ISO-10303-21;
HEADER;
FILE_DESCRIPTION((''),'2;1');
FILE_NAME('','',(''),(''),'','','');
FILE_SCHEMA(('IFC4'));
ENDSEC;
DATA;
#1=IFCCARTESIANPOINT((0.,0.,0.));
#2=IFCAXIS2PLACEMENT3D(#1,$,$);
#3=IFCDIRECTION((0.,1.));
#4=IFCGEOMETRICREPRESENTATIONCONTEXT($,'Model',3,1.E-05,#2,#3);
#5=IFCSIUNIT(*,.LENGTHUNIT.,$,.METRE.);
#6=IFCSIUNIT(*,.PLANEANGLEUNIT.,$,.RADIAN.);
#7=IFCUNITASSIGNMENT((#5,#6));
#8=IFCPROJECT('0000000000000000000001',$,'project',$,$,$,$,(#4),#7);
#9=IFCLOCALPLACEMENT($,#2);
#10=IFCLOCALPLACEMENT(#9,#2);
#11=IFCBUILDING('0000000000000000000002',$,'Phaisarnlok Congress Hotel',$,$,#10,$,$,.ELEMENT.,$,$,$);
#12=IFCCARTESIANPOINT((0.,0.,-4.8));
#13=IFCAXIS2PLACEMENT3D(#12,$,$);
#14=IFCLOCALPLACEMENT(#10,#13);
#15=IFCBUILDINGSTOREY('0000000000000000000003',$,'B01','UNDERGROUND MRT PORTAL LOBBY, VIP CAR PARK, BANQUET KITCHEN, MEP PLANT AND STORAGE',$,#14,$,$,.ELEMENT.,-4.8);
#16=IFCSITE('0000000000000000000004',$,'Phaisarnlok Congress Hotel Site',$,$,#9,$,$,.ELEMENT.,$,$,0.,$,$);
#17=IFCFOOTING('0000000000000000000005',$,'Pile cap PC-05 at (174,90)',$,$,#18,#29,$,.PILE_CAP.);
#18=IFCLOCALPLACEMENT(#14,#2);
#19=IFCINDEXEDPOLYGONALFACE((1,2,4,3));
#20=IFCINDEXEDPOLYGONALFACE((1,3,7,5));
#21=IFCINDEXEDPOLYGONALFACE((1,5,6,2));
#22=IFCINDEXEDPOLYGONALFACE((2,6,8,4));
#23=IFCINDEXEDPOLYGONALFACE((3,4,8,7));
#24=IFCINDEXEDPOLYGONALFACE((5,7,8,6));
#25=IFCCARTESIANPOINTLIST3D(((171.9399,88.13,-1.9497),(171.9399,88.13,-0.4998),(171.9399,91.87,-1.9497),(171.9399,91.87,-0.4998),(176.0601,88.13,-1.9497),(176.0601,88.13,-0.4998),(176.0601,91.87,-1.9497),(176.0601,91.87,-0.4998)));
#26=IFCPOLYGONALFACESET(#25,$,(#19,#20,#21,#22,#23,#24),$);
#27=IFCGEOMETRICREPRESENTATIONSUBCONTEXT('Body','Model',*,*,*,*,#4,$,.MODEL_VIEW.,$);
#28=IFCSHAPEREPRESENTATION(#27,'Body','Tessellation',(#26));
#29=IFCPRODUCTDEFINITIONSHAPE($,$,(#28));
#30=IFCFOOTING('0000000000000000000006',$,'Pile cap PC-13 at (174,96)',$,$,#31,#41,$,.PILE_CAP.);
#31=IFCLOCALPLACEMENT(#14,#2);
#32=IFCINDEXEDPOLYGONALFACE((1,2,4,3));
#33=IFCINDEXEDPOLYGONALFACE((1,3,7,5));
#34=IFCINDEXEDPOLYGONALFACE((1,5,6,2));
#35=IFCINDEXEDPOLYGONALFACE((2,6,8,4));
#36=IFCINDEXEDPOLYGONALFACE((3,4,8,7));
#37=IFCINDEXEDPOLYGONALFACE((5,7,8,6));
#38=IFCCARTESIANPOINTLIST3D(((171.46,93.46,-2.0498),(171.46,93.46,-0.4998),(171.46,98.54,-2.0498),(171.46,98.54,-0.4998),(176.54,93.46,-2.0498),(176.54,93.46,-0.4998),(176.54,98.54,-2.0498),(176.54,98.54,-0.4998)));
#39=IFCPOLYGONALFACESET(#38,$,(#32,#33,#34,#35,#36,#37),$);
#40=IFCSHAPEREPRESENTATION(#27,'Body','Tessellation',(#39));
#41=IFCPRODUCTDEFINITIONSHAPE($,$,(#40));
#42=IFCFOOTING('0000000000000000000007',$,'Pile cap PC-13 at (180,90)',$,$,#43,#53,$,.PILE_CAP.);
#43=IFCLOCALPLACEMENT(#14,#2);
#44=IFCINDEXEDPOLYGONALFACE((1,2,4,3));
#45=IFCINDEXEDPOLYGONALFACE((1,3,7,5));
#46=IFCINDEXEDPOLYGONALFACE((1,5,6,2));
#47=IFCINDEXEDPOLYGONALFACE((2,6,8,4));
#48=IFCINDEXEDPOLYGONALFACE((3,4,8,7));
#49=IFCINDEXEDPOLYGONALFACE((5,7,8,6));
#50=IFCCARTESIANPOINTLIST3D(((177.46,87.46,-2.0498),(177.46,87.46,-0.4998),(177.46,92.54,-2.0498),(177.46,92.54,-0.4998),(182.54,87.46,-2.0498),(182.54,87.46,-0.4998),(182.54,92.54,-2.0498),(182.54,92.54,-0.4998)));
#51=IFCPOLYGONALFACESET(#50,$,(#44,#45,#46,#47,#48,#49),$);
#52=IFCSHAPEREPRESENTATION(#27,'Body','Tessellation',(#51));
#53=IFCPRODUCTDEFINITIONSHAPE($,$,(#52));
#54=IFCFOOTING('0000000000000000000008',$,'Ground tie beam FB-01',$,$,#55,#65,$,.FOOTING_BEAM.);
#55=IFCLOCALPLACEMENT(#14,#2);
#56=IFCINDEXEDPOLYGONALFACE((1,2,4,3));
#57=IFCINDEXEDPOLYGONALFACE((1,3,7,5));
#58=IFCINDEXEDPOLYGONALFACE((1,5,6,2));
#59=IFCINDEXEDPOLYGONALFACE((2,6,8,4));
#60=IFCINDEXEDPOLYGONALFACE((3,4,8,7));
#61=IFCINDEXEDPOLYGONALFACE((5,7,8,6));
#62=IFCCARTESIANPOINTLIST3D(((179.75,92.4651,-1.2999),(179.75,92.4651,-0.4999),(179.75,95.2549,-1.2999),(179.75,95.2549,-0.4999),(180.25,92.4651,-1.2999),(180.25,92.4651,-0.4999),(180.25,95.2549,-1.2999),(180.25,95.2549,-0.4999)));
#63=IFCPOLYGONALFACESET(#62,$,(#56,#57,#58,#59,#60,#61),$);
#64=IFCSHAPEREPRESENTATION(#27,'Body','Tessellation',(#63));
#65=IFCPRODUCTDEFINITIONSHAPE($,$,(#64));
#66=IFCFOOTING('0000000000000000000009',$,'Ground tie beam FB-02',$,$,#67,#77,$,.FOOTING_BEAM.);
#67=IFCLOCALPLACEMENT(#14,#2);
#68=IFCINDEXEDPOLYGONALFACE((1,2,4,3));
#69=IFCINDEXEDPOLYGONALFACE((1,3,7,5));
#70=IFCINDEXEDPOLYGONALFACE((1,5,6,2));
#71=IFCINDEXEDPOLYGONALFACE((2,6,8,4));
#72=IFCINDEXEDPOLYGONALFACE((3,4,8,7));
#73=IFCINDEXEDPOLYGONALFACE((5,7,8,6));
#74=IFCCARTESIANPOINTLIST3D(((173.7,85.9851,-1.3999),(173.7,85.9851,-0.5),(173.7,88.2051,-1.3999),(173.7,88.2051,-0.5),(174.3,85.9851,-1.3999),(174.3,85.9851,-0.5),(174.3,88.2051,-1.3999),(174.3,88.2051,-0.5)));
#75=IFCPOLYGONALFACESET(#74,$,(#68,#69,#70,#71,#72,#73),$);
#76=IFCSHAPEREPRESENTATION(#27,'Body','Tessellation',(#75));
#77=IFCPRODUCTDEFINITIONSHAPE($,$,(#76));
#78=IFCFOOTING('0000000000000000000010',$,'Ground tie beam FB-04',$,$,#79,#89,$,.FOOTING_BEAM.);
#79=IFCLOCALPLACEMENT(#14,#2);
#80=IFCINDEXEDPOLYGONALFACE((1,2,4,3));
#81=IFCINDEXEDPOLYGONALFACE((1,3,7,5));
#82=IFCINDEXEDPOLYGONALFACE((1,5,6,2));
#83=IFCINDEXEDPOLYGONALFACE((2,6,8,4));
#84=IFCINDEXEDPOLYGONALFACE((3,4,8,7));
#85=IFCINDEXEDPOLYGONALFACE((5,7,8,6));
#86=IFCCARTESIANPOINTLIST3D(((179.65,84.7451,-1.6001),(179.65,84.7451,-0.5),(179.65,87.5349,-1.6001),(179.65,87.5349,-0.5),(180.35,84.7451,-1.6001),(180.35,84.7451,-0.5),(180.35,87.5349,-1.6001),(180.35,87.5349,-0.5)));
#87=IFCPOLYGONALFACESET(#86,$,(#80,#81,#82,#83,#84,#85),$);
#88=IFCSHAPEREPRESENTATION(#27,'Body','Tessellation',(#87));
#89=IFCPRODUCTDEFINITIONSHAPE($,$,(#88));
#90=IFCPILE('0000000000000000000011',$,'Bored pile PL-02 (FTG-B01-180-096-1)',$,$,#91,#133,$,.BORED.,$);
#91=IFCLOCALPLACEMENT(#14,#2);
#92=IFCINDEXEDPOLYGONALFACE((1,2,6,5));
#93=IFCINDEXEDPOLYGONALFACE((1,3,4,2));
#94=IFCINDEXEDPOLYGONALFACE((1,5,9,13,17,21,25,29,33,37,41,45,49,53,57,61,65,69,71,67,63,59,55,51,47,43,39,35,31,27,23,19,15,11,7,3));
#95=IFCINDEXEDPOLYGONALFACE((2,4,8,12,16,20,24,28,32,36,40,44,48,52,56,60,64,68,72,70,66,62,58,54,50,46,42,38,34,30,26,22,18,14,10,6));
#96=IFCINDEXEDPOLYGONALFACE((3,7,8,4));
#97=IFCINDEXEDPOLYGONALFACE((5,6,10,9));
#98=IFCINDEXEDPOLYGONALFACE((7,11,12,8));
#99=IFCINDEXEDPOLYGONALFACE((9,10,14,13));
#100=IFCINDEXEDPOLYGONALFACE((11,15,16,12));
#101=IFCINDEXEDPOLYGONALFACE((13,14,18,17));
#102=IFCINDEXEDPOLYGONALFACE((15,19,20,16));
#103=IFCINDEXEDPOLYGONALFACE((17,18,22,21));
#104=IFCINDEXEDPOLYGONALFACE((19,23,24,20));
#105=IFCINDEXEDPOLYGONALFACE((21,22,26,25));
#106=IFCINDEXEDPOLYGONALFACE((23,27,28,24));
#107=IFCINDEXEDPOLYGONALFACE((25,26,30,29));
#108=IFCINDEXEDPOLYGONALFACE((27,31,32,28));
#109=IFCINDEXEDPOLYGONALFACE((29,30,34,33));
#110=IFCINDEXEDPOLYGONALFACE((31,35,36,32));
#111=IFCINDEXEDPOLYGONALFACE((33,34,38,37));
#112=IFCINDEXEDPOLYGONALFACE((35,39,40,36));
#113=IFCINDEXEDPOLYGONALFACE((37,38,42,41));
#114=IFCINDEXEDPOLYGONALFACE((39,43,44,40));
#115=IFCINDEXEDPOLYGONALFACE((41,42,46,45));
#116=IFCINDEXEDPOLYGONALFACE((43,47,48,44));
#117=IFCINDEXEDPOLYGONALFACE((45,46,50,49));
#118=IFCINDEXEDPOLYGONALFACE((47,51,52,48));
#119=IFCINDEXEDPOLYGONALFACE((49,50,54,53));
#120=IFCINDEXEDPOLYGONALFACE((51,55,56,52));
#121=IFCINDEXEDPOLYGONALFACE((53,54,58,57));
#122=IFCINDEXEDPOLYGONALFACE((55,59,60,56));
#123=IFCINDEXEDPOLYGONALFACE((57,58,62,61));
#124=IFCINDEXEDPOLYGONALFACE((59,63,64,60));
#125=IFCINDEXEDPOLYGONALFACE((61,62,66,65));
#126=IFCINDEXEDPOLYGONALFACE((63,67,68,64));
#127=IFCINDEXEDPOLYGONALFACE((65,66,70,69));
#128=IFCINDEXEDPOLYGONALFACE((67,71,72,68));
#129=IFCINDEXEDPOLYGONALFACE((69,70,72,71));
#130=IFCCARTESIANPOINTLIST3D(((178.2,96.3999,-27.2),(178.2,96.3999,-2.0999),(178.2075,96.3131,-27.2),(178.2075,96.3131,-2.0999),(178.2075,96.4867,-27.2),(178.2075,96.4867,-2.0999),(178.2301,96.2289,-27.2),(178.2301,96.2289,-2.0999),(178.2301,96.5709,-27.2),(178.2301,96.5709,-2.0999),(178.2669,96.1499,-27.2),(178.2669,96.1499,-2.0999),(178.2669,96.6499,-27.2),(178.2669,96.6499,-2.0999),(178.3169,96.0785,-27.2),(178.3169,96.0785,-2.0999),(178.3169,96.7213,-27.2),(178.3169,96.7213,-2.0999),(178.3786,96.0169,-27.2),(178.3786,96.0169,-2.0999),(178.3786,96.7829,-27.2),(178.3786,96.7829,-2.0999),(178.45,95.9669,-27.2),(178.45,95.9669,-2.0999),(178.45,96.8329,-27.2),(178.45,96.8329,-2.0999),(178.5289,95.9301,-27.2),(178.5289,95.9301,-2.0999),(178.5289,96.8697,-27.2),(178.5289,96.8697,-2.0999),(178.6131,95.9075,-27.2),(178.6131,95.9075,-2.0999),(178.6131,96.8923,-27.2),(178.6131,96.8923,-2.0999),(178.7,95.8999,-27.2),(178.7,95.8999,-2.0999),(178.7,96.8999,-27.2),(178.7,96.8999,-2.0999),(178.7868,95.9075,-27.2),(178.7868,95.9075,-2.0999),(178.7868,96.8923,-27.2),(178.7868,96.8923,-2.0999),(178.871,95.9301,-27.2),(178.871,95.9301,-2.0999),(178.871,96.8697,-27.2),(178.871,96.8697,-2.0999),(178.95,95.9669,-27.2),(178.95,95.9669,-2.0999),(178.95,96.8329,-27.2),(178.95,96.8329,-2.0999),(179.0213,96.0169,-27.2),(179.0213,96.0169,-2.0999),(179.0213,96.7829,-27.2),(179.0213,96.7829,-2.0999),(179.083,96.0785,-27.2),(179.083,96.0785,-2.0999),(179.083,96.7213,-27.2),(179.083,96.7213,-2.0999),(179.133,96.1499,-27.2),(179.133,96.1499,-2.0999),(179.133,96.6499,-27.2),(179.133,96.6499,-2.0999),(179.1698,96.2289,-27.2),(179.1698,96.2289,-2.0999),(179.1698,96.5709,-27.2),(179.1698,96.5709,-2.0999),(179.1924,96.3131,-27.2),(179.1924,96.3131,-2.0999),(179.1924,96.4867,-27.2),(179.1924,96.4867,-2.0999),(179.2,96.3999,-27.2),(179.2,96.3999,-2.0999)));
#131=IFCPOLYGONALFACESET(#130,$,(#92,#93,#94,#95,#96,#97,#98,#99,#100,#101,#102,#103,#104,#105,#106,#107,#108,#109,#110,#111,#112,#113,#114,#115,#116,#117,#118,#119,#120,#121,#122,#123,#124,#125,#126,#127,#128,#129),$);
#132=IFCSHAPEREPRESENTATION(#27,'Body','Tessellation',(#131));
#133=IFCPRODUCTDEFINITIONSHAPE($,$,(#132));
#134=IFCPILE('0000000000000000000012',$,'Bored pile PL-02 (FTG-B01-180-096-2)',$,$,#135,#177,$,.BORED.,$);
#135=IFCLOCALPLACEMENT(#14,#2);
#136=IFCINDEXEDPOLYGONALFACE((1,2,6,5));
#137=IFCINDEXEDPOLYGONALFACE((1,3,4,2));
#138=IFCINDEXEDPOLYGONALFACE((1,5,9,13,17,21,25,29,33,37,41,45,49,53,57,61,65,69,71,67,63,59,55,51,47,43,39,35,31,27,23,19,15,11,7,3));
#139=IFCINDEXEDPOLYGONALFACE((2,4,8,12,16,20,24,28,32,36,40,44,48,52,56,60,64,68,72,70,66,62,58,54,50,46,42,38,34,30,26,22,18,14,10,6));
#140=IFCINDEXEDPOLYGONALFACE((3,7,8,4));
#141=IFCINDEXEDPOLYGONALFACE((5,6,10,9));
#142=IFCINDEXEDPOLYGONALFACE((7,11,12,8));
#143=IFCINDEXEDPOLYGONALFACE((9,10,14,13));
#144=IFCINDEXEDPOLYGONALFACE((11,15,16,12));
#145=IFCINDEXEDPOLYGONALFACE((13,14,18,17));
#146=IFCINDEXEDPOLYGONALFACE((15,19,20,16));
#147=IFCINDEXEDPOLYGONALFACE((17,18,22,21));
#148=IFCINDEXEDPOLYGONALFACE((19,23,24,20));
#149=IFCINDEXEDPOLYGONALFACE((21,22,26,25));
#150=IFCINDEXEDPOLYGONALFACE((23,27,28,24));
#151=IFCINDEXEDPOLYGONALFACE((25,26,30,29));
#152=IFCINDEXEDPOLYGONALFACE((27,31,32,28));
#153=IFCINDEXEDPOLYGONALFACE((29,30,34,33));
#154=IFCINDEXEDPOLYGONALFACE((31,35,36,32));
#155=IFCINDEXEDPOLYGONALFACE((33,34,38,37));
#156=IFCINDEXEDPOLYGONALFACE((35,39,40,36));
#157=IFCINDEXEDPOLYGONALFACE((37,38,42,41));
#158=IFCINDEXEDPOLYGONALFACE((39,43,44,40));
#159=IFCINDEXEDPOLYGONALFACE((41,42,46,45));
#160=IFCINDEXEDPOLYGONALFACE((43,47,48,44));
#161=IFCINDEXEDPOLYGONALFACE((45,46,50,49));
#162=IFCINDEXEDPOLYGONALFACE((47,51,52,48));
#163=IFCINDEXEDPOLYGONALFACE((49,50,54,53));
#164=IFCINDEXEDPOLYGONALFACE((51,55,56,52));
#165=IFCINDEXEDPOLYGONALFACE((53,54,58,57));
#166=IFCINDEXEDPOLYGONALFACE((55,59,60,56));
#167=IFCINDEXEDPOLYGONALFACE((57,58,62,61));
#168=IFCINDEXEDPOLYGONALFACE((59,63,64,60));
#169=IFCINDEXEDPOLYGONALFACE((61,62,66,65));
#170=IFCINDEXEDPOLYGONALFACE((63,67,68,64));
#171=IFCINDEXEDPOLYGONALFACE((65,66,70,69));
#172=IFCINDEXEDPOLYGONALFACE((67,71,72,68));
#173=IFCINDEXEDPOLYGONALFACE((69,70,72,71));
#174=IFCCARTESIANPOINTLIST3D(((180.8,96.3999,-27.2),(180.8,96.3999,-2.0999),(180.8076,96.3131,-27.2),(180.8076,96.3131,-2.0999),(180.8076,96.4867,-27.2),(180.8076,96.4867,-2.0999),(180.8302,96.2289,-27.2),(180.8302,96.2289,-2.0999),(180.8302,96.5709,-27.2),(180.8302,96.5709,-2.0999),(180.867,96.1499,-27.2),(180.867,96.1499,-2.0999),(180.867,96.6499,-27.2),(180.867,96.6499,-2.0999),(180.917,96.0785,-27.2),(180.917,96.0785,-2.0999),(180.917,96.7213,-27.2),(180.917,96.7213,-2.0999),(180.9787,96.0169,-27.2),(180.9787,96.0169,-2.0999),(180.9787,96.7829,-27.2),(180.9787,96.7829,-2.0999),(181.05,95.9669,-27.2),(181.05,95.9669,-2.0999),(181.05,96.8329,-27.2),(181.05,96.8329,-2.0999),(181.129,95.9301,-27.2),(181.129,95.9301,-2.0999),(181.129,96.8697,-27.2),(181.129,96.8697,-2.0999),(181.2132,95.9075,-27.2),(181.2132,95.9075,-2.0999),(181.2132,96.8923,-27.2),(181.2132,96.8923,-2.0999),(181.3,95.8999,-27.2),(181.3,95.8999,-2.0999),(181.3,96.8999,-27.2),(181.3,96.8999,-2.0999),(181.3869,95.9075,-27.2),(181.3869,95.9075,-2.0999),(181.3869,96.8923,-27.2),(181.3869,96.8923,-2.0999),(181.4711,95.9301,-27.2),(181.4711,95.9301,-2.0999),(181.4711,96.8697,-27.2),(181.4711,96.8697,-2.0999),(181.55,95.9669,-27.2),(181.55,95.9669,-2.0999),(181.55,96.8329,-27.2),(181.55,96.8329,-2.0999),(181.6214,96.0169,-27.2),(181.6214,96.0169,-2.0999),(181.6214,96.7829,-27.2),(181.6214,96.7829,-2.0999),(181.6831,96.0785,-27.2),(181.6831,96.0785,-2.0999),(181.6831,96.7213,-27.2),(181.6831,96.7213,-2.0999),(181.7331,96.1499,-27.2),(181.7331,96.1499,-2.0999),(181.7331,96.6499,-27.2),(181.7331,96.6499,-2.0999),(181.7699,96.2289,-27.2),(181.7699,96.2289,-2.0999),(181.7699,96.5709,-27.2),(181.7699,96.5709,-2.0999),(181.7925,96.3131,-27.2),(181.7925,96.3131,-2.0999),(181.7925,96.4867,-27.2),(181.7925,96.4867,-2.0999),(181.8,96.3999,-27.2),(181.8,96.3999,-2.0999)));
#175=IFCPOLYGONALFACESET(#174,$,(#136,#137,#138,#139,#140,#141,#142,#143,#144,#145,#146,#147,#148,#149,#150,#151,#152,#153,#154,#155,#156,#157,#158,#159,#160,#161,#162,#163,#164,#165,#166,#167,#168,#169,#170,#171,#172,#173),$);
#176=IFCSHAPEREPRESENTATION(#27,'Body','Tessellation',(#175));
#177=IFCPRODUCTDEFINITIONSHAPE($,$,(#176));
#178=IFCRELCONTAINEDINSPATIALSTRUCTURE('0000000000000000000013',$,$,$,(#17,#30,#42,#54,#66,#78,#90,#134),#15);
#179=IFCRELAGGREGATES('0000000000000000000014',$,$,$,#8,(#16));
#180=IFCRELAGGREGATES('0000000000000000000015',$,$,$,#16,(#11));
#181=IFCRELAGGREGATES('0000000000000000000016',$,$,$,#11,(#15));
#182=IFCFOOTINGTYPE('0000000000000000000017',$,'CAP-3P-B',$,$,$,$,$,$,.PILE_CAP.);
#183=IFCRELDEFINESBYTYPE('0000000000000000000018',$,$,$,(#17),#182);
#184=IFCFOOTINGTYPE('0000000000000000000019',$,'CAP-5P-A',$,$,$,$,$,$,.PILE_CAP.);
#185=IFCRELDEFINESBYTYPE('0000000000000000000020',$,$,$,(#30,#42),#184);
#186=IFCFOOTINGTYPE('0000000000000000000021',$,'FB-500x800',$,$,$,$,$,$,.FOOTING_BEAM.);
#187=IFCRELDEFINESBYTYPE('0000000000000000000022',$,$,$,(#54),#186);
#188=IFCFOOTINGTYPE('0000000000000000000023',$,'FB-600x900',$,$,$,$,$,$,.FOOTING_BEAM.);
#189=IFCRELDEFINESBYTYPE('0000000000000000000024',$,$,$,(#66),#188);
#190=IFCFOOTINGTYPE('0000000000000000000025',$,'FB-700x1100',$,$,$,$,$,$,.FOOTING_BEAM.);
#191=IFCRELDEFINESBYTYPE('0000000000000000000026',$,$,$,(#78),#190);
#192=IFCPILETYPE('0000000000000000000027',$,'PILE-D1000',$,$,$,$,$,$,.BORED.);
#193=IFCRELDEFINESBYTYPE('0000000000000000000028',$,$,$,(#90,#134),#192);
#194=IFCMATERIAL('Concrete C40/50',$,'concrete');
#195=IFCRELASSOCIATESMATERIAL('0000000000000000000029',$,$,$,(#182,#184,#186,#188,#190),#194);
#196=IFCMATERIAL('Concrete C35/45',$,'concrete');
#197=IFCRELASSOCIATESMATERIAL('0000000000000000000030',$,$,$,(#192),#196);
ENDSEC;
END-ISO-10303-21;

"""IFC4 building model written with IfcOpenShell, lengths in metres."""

from ifc_helpers import new_model, si_unit, direction, frame, origin, origin_2d, place, context, subcontext, project, spatial, rectangle, circle, extrude, material, material_profile, profile_set, type_object, element, save


model = new_model("IFC4")

# Units and contexts
model_context = context("Model", 3, precision=1e-05, world=origin(), true_north=direction((0.0, 1.0)))
body_context = subcontext(model_context, "Body", "Model", "MODEL_VIEW")
ifc_project = project(units=[si_unit("LENGTHUNIT", "METRE"), si_unit("PLANEANGLEUNIT", "RADIAN")], contexts=[model_context])

# Site, building, storey
site_placement = place(None, origin())
site = spatial("IfcSite", under=ifc_project, at=site_placement, Name="Phaisarnlok Congress Hotel Site", CompositionType="ELEMENT", RefElevation=0.0)
building_placement = place(site_placement, origin())
building = spatial("IfcBuilding", under=site, at=building_placement, Name="Phaisarnlok Congress Hotel", CompositionType="ELEMENT")
storey_placement = place(building_placement, frame((0.0, 0.0, -4.8)))
storey = spatial("IfcBuildingStorey", under=building, at=storey_placement, Name="B01", Description="UNDERGROUND MRT PORTAL LOBBY, VIP CAR PARK, BANQUET KITCHEN, MEP PLANT AND STORAGE", CompositionType="ELEMENT", Elevation=-4.8)

# Footings
ifc_material_1 = material(Name="Concrete C40/50", Category="concrete")
footing_type_1 = type_object("IfcFootingType", Name="CAP-3P-B", PredefinedType="PILE_CAP", material=ifc_material_1)
footing_1_placement = place(storey_placement, frame((174.0, 90.0, -1.9497), z_axis=(0.0, 0.0, 1.0), x_axis=(1.0, 0.0, 0.0)))
element("IfcFooting", 1, at=footing_1_placement, inside=storey, type_object=footing_type_1, Name="Pile cap PC-05 at (174,90)", PredefinedType="PILE_CAP", context=body_context, shape_type="SweptSolid", body=[
    extrude(rectangle(XDim=4.1201, YDim=3.74, at=origin_2d()), origin(), (0.0, 0.0, 1.0), 1.45),
])
footing_type_2 = type_object("IfcFootingType", Name="CAP-5P-A", PredefinedType="PILE_CAP", material=ifc_material_1)
for number, where, z_axis, x_axis, name in (
    (2, (174.0, 96.0, -2.0498), (0.0, 0.0, 1.0), (1.0, 0.0, 0.0), "Pile cap PC-13 at (174,96)"),
    (3, (180.0, 90.0, -2.0498), (0.0, 0.0, 1.0), (1.0, 0.0, 0.0), "Pile cap PC-13 at (180,90)"),
):
    element("IfcFooting", number, at=place(storey_placement, frame(where, z_axis=z_axis, x_axis=x_axis)), inside=storey, type_object=footing_type_2, Name=name, PredefinedType="PILE_CAP", context=body_context, shape_type="SweptSolid", body=[
        extrude(rectangle(XDim=5.0801, YDim=5.0801, at=origin_2d()), origin(), (0.0, 0.0, 1.0), 1.55),
    ])
ifc_material_profile_1 = material_profile(ifc_material_1, rectangle(XDim=0.5, YDim=0.8, at=origin_2d()), Name="FB-500x800")
ifc_profile_set_1 = profile_set([ifc_material_profile_1], Name="Concrete C40/50")
footing_type_3 = type_object("IfcFootingType", Name="FB-500x800", PredefinedType="FOOTING_BEAM", material=ifc_profile_set_1)
footing_2_placement = place(storey_placement, frame((180.0, 92.4651, -0.8999), z_axis=(0.0, 1.0, 0.0), x_axis=(-1.0, 0.0, 0.0)))
element("IfcFooting", 4, at=footing_2_placement, inside=storey, type_object=footing_type_3, Name="Ground tie beam FB-01", PredefinedType="FOOTING_BEAM", context=body_context, shape_type="SweptSolid", body=[
    extrude(rectangle(XDim=0.5, YDim=0.8, at=origin_2d()), origin(), (0.0, 0.0, 1.0), 2.7898),
])
ifc_material_profile_2 = material_profile(ifc_material_1, rectangle(XDim=0.6001, YDim=0.8999, at=origin_2d()), Name="FB-600x900")
ifc_profile_set_2 = profile_set([ifc_material_profile_2], Name="Concrete C40/50")
footing_type_4 = type_object("IfcFootingType", Name="FB-600x900", PredefinedType="FOOTING_BEAM", material=ifc_profile_set_2)
footing_3_placement = place(storey_placement, frame((174.0, 85.9851, -0.95), z_axis=(0.0, 1.0, 0.0), x_axis=(-1.0, 0.0, 0.0)))
element("IfcFooting", 5, at=footing_3_placement, inside=storey, type_object=footing_type_4, Name="Ground tie beam FB-02", PredefinedType="FOOTING_BEAM", context=body_context, shape_type="SweptSolid", body=[
    extrude(rectangle(XDim=0.6001, YDim=0.8999, at=origin_2d()), origin(), (0.0, 0.0, 1.0), 2.22),
])
ifc_material_profile_3 = material_profile(ifc_material_1, rectangle(XDim=0.7, YDim=1.1001, at=origin_2d()), Name="FB-700x1100")
ifc_profile_set_3 = profile_set([ifc_material_profile_3], Name="Concrete C40/50")
footing_type_5 = type_object("IfcFootingType", Name="FB-700x1100", PredefinedType="FOOTING_BEAM", material=ifc_profile_set_3)
footing_4_placement = place(storey_placement, frame((180.0, 84.7451, -1.05), z_axis=(0.0, 1.0, 0.0), x_axis=(-1.0, 0.0, 0.0)))
element("IfcFooting", 6, at=footing_4_placement, inside=storey, type_object=footing_type_5, Name="Ground tie beam FB-04", PredefinedType="FOOTING_BEAM", context=body_context, shape_type="SweptSolid", body=[
    extrude(rectangle(XDim=0.7, YDim=1.1001, at=origin_2d()), origin(), (0.0, 0.0, 1.0), 2.7898),
])

# Piles
ifc_material_2 = material(Name="Concrete C35/45", Category="concrete")
ifc_material_profile_4 = material_profile(ifc_material_2, circle(Radius=0.5, at=origin_2d()), Name="BORED PILE D1000")
ifc_profile_set_4 = profile_set([ifc_material_profile_4], Name="Concrete C35/45")
pile_type = type_object("IfcPileType", Name="PILE-D1000", PredefinedType="BORED", material=ifc_profile_set_4)
for number, where, z_axis, x_axis, name in (
    (7, (178.7, 96.3999, -2.0999), (0.0, 0.0, -1.0), (1.0, 0.0, 0.0), "Bored pile PL-02 (FTG-B01-180-096-1)"),
    (8, (181.3, 96.3999, -2.0999), (0.0, 0.0, -1.0), (1.0, 0.0, 0.0), "Bored pile PL-02 (FTG-B01-180-096-2)"),
):
    element("IfcPile", number, at=place(storey_placement, frame(where, z_axis=z_axis, x_axis=x_axis)), inside=storey, type_object=pile_type, Name=name, PredefinedType="BORED", context=body_context, shape_type="SweptSolid", body=[
        extrude(circle(Radius=0.5, at=origin_2d()), origin(), (0.0, 0.0, 1.0), 25.1001),
    ])

save(model, "model.ifc")
